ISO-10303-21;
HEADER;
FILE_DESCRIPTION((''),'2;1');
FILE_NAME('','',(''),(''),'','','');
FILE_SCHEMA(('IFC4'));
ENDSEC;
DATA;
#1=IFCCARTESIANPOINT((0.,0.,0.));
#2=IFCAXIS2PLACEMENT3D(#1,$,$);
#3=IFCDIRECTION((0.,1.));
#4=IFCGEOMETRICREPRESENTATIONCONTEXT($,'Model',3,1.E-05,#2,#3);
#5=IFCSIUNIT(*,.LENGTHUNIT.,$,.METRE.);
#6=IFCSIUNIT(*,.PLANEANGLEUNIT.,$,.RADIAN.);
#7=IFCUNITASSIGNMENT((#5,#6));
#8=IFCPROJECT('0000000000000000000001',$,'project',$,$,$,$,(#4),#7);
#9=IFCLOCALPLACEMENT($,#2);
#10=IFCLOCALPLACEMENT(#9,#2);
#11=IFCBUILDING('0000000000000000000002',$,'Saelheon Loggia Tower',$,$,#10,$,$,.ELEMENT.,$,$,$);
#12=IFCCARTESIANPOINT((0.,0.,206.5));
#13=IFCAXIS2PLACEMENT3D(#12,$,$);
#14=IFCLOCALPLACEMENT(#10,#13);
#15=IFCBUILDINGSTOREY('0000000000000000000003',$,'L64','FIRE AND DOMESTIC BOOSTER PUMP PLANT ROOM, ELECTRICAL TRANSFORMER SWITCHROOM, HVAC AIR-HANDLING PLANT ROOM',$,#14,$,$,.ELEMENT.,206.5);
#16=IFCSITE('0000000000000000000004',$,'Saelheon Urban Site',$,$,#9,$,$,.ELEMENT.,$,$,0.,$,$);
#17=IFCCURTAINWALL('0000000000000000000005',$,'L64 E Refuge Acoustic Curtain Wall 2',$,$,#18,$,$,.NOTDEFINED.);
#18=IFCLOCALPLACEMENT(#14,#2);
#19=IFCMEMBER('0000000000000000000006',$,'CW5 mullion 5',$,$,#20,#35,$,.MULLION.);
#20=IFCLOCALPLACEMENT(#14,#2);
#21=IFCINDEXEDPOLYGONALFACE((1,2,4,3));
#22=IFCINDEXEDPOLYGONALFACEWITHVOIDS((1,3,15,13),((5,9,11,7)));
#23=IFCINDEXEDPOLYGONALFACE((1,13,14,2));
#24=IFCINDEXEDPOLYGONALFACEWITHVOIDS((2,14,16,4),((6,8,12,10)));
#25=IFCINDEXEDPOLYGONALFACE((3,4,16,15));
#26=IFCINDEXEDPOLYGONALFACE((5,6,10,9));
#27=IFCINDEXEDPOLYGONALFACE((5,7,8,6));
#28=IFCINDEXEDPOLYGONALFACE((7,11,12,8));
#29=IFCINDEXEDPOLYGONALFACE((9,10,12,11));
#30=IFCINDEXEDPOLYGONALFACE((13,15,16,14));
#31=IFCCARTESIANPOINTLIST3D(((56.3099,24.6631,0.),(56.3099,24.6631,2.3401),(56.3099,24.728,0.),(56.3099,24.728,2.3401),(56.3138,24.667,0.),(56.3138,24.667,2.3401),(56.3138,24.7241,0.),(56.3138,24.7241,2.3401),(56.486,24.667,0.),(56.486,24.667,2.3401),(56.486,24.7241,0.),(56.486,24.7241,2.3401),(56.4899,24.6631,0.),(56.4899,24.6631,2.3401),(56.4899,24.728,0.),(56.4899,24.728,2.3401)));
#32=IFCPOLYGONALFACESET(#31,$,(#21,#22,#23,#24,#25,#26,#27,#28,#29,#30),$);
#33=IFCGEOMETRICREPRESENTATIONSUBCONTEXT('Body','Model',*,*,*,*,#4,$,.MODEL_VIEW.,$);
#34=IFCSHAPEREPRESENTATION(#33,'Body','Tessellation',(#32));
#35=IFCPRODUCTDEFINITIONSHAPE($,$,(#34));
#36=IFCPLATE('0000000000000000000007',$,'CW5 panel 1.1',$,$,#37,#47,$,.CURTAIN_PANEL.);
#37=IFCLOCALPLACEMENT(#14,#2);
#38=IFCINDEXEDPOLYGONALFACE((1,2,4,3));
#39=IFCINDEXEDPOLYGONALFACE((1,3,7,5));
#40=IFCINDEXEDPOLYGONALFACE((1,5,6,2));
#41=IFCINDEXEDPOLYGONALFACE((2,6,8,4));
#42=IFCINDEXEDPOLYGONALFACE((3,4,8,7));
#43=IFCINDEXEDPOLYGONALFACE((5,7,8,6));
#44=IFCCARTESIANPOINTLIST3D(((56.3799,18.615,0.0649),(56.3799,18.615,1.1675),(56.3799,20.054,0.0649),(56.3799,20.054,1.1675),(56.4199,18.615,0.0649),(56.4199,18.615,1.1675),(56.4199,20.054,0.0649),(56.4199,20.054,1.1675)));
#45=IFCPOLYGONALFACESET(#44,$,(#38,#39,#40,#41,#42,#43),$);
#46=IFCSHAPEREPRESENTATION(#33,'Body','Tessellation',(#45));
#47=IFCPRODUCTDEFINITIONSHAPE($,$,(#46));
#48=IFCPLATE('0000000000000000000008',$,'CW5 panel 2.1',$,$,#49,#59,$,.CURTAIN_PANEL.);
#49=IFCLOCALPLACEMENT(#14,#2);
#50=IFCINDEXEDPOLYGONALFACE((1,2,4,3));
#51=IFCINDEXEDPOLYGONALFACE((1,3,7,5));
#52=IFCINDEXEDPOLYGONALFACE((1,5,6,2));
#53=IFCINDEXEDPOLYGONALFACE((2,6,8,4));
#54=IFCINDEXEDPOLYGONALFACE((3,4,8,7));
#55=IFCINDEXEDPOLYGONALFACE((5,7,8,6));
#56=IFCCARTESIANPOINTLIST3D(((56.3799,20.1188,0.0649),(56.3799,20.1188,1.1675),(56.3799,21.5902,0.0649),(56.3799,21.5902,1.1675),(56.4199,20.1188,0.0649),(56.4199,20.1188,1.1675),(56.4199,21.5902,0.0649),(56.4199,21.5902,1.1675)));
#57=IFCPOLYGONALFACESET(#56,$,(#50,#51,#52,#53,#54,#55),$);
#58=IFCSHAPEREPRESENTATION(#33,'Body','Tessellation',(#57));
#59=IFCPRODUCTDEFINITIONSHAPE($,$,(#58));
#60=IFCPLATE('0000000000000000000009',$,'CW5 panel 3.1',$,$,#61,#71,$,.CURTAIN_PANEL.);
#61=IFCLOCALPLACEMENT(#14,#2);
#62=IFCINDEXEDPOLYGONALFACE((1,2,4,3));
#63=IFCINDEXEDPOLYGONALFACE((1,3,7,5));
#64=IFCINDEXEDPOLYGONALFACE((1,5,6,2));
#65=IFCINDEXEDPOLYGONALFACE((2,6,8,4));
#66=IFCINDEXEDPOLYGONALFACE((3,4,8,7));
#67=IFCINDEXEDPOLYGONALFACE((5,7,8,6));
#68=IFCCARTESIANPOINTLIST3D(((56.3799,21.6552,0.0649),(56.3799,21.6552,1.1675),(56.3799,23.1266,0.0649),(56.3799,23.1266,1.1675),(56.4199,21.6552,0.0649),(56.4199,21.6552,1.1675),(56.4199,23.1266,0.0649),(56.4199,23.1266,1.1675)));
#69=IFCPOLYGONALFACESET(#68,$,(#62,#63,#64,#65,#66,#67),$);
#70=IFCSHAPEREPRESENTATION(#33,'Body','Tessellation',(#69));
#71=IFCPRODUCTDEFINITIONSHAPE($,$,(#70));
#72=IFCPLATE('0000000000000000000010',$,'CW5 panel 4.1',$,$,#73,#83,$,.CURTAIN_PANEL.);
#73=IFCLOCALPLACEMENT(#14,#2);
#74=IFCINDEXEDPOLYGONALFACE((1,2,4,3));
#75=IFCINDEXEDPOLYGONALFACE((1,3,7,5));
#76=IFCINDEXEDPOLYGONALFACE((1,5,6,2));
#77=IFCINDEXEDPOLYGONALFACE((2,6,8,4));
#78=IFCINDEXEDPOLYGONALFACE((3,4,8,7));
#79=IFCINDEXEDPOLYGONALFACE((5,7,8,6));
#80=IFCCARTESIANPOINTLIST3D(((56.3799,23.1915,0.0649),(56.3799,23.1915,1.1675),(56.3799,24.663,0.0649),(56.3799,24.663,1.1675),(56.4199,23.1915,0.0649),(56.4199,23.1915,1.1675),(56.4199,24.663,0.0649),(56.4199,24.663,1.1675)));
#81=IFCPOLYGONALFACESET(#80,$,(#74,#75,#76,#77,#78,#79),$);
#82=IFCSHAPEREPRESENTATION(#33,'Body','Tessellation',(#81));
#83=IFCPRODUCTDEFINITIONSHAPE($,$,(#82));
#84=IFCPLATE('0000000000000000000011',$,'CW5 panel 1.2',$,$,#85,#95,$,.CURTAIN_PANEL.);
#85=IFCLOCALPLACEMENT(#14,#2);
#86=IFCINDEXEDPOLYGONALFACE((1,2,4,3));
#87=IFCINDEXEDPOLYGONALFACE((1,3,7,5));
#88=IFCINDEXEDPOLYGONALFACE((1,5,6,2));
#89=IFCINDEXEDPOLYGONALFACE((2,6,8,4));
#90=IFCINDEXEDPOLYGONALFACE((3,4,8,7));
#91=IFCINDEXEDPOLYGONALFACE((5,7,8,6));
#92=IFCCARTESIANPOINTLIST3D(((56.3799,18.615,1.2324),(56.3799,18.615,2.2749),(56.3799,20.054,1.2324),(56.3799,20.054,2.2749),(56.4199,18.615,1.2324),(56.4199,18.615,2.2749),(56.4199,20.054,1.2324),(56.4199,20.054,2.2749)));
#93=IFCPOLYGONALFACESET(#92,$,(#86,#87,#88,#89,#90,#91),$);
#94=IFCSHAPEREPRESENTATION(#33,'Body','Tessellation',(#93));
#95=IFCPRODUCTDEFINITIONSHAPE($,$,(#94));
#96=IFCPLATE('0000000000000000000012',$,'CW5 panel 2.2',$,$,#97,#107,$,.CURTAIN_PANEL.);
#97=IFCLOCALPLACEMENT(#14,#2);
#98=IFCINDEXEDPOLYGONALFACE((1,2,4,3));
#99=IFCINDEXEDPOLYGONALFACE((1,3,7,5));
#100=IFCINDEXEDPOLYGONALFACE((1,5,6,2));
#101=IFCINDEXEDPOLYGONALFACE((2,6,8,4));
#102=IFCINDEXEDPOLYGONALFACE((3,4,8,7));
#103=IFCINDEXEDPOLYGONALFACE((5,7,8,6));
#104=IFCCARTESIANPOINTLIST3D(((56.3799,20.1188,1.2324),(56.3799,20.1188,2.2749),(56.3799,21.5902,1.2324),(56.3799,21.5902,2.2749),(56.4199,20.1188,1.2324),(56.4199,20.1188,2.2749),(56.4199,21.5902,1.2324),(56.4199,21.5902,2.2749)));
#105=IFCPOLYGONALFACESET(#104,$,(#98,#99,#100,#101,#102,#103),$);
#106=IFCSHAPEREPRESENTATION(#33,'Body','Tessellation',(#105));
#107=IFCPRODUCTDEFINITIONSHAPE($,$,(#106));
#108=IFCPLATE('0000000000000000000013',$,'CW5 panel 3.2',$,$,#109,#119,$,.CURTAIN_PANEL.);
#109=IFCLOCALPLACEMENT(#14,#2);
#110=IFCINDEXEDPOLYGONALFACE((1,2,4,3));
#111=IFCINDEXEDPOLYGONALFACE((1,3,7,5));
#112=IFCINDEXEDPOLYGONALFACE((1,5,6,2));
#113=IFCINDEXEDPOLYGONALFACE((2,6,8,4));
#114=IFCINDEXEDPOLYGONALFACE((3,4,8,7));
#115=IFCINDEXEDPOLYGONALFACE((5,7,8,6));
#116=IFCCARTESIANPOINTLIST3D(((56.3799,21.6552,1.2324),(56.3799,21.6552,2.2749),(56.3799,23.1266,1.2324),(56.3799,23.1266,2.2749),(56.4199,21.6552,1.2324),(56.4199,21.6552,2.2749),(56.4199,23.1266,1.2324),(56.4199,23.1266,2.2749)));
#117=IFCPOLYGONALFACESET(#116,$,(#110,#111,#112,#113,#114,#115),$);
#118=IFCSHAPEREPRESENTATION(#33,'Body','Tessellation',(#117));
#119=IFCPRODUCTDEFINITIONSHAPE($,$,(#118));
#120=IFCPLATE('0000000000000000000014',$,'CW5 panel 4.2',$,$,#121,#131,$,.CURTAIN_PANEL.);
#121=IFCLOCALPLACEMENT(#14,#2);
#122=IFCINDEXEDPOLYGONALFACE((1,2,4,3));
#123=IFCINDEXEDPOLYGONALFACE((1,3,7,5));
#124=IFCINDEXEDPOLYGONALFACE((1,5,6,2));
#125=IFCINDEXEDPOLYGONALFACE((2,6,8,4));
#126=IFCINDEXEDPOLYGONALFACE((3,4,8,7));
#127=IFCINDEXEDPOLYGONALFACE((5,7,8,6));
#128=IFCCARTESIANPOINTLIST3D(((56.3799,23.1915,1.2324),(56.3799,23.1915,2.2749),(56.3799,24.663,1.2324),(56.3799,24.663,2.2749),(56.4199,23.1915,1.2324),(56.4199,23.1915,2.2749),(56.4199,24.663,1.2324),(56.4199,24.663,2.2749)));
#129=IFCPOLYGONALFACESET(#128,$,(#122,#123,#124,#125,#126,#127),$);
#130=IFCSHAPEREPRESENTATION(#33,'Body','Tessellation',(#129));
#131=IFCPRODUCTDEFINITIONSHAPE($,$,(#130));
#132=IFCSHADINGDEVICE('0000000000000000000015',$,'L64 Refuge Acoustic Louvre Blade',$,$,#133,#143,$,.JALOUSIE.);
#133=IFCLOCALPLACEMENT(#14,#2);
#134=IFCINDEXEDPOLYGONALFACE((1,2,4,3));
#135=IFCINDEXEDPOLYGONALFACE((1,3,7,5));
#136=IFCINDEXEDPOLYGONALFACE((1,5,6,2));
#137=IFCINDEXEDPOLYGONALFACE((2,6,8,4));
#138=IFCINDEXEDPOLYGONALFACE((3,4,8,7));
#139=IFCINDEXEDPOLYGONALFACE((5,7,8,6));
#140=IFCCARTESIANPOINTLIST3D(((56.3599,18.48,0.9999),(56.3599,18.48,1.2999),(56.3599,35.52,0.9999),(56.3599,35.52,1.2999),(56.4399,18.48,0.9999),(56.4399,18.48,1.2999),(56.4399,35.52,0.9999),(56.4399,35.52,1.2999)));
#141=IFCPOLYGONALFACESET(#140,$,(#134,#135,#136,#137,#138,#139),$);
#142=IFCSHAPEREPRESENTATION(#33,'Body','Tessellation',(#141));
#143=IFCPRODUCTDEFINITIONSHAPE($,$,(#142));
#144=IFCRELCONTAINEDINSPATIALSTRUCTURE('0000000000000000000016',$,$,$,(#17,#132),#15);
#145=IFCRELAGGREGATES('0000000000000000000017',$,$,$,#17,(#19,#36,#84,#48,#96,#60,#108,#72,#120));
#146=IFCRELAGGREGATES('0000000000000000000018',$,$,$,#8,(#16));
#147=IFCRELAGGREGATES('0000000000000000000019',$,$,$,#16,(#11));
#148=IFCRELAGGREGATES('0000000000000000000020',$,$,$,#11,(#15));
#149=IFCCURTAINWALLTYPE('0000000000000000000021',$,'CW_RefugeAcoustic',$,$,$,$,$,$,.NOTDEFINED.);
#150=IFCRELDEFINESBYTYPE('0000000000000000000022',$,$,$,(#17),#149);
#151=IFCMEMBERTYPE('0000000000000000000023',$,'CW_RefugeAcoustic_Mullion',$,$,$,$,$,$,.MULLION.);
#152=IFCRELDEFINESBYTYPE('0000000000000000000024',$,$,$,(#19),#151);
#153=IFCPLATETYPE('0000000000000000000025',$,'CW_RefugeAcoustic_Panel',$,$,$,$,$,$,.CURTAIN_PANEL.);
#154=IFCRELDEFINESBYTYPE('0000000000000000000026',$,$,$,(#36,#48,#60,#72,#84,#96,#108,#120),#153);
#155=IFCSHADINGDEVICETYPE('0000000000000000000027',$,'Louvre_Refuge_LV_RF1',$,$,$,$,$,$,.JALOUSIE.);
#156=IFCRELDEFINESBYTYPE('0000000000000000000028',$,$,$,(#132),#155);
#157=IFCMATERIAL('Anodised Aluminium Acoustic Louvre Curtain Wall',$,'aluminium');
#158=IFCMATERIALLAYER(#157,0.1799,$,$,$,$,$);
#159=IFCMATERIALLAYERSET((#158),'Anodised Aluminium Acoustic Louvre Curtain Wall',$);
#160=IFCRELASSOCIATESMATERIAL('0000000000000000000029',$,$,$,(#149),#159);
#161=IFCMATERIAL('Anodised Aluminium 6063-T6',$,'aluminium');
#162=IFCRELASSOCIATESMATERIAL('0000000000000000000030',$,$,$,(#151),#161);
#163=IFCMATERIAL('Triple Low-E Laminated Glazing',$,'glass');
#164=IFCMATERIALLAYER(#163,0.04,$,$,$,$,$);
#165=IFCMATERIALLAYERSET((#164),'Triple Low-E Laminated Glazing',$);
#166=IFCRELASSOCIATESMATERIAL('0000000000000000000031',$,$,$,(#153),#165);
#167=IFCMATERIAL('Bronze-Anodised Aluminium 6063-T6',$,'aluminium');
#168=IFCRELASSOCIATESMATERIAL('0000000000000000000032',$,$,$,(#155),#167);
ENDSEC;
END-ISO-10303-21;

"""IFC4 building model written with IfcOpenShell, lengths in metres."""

from ifc_helpers import new_model, si_unit, direction, frame, origin, origin_2d, place, context, subcontext, project, spatial, rectangle, hollow_rectangle, extrude, source, transform, mapped, material, layer, layer_set, material_profile, profile_set, type_object, element, aggregate, save


model = new_model("IFC4")

# Units and contexts
model_context = context("Model", 3, precision=1e-05, world=origin(), true_north=direction((0.0, 1.0)))
body_context = subcontext(model_context, "Body", "Model", "MODEL_VIEW")
ifc_project = project(units=[si_unit("LENGTHUNIT", "METRE"), si_unit("PLANEANGLEUNIT", "RADIAN")], contexts=[model_context])

# Site, building, storey
site_placement = place(None, origin())
site = spatial("IfcSite", under=ifc_project, at=site_placement, Name="Saelheon Urban Site", CompositionType="ELEMENT", RefElevation=0.0)
building_placement = place(site_placement, origin())
building = spatial("IfcBuilding", under=site, at=building_placement, Name="Saelheon Loggia Tower", CompositionType="ELEMENT")
storey_placement = place(building_placement, frame((0.0, 0.0, 206.5)))
storey = spatial("IfcBuildingStorey", under=building, at=storey_placement, Name="L64", Description="FIRE AND DOMESTIC BOOSTER PUMP PLANT ROOM, ELECTRICAL TRANSFORMER SWITCHROOM, HVAC AIR-HANDLING PLANT ROOM", CompositionType="ELEMENT", Elevation=206.5)

# Curtain wall, member, plates
ifc_material_1 = material(Name="Anodised Aluminium Acoustic Louvre Curtain Wall", Category="aluminium")
ifc_layer_1 = layer(ifc_material_1, 0.1799)
ifc_layer_set_1 = layer_set([ifc_layer_1], Name="Anodised Aluminium Acoustic Louvre Curtain Wall")
curtain_wall_type = type_object("IfcCurtainWallType", Name="CW_RefugeAcoustic", PredefinedType="NOTDEFINED", material=ifc_layer_set_1)
curtain_wall_placement = place(storey_placement, origin())
curtain_wall = element("IfcCurtainWall", 1, at=curtain_wall_placement, inside=storey, type_object=curtain_wall_type, Name="L64 E Refuge Acoustic Curtain Wall 2", PredefinedType="NOTDEFINED")
ifc_material_2 = material(Name="Anodised Aluminium 6063-T6", Category="aluminium")
ifc_material_profile_1 = material_profile(ifc_material_2, hollow_rectangle(XDim=0.0649, YDim=0.1799, WallThickness=0.0039, at=origin_2d()), Name="RHS-180x65x4")
ifc_profile_set_1 = profile_set([ifc_material_profile_1], Name="Anodised Aluminium 6063-T6")
member_type_1 = type_object("IfcMemberType", Name="CW_RefugeAcoustic_Mullion", PredefinedType="MULLION", material=ifc_profile_set_1)
shared_shape_1 = source(origin(), body_context, "Body", "SweptSolid", [
    extrude(hollow_rectangle(XDim=0.0649, YDim=0.1799, WallThickness=0.0039, at=origin_2d()), origin(), (0.0, 0.0, 1.0), 2.3401),
])
member_1_placement = place(storey_placement, frame((56.3999, 24.6956, 0.0), z_axis=(0.0, 0.0, 1.0), x_axis=(0.0, 1.0, 0.0)))
member_1 = element("IfcMember", 2, at=member_1_placement, type_object=member_type_1, Name="CW5 mullion 5", PredefinedType="MULLION", context=body_context, shape_type="MappedRepresentation", body=[
    mapped(shared_shape_1, transform((0.0, 0.0, 0.0), scale=1.0)),
])
ifc_material_3 = material(Name="Triple Low-E Laminated Glazing", Category="glass")
ifc_layer_2 = layer(ifc_material_3, 0.04)
ifc_layer_set_2 = layer_set([ifc_layer_2], Name="Triple Low-E Laminated Glazing")
plate_type = type_object("IfcPlateType", Name="CW_RefugeAcoustic_Panel", PredefinedType="CURTAIN_PANEL", material=ifc_layer_set_2)
shared_shape_2 = source(origin(), body_context, "Body", "SweptSolid", [
    extrude(rectangle(XDim=1.439, YDim=0.04, at=origin_2d()), origin(), (0.0, 0.0, 1.0), 1.1025),
])
plate_1_placement = place(storey_placement, frame((56.3999, 19.3345, 0.0649), z_axis=(0.0, 0.0, 1.0), x_axis=(0.0, 1.0, 0.0)))
plate_1 = element("IfcPlate", 3, at=plate_1_placement, type_object=plate_type, Name="CW5 panel 1.1", PredefinedType="CURTAIN_PANEL", context=body_context, shape_type="MappedRepresentation", body=[
    mapped(shared_shape_2, transform((0.0, 0.0, 0.0), scale=1.0)),
])
shared_shape_3 = source(origin(), body_context, "Body", "SweptSolid", [
    extrude(rectangle(XDim=1.4714, YDim=0.04, at=origin_2d()), origin(), (0.0, 0.0, 1.0), 1.1025),
])
plate_2_placement = place(storey_placement, frame((56.3999, 20.8545, 0.0649), z_axis=(0.0, 0.0, 1.0), x_axis=(0.0, 1.0, 0.0)))
plate_2 = element("IfcPlate", 4, at=plate_2_placement, type_object=plate_type, Name="CW5 panel 2.1", PredefinedType="CURTAIN_PANEL", context=body_context, shape_type="MappedRepresentation", body=[
    mapped(shared_shape_3, transform((0.0, 0.0, 0.0), scale=1.0)),
])
plate_3_placement = place(storey_placement, frame((56.3999, 22.3909, 0.0649), z_axis=(0.0, 0.0, 1.0), x_axis=(0.0, 1.0, 0.0)))
plate_3 = element("IfcPlate", 5, at=plate_3_placement, type_object=plate_type, Name="CW5 panel 3.1", PredefinedType="CURTAIN_PANEL", context=body_context, shape_type="MappedRepresentation", body=[
    mapped(shared_shape_3, transform((0.0, 0.0, 0.0), scale=1.0)),
])
plate_4_placement = place(storey_placement, frame((56.3999, 23.9272, 0.0649), z_axis=(0.0, 0.0, 1.0), x_axis=(0.0, 1.0, 0.0)))
plate_4 = element("IfcPlate", 6, at=plate_4_placement, type_object=plate_type, Name="CW5 panel 4.1", PredefinedType="CURTAIN_PANEL", context=body_context, shape_type="MappedRepresentation", body=[
    mapped(shared_shape_3, transform((0.0, 0.0, 0.0), scale=1.0)),
])
shared_shape_4 = source(origin(), body_context, "Body", "SweptSolid", [
    extrude(rectangle(XDim=1.439, YDim=0.04, at=origin_2d()), origin(), (0.0, 0.0, 1.0), 1.0425),
])
plate_5_placement = place(storey_placement, frame((56.3999, 19.3345, 1.2324), z_axis=(0.0, 0.0, 1.0), x_axis=(0.0, 1.0, 0.0)))
plate_5 = element("IfcPlate", 7, at=plate_5_placement, type_object=plate_type, Name="CW5 panel 1.2", PredefinedType="CURTAIN_PANEL", context=body_context, shape_type="MappedRepresentation", body=[
    mapped(shared_shape_4, transform((0.0, 0.0, 0.0), scale=1.0)),
])
shared_shape_5 = source(origin(), body_context, "Body", "SweptSolid", [
    extrude(rectangle(XDim=1.4714, YDim=0.04, at=origin_2d()), origin(), (0.0, 0.0, 1.0), 1.0425),
])
plate_6_placement = place(storey_placement, frame((56.3999, 20.8545, 1.2324), z_axis=(0.0, 0.0, 1.0), x_axis=(0.0, 1.0, 0.0)))
plate_6 = element("IfcPlate", 8, at=plate_6_placement, type_object=plate_type, Name="CW5 panel 2.2", PredefinedType="CURTAIN_PANEL", context=body_context, shape_type="MappedRepresentation", body=[
    mapped(shared_shape_5, transform((0.0, 0.0, 0.0), scale=1.0)),
])
plate_7_placement = place(storey_placement, frame((56.3999, 22.3909, 1.2324), z_axis=(0.0, 0.0, 1.0), x_axis=(0.0, 1.0, 0.0)))
plate_7 = element("IfcPlate", 9, at=plate_7_placement, type_object=plate_type, Name="CW5 panel 3.2", PredefinedType="CURTAIN_PANEL", context=body_context, shape_type="MappedRepresentation", body=[
    mapped(shared_shape_5, transform((0.0, 0.0, 0.0), scale=1.0)),
])
plate_8_placement = place(storey_placement, frame((56.3999, 23.9272, 1.2324), z_axis=(0.0, 0.0, 1.0), x_axis=(0.0, 1.0, 0.0)))
plate_8 = element("IfcPlate", 10, at=plate_8_placement, type_object=plate_type, Name="CW5 panel 4.2", PredefinedType="CURTAIN_PANEL", context=body_context, shape_type="MappedRepresentation", body=[
    mapped(shared_shape_5, transform((0.0, 0.0, 0.0), scale=1.0)),
])
aggregate(curtain_wall, [member_1, plate_1, plate_5, plate_2, plate_6, plate_3, plate_7, plate_4, plate_8])

# Shading device
ifc_material_4 = material(Name="Bronze-Anodised Aluminium 6063-T6", Category="aluminium")
ifc_material_profile_2 = material_profile(ifc_material_4, rectangle(XDim=0.0801, YDim=0.3, at=origin_2d()), Name="Louvre_Refuge_LV_RF1")
ifc_profile_set_2 = profile_set([ifc_material_profile_2], Name="Bronze-Anodised Aluminium 6063-T6")
shading_device_type = type_object("IfcShadingDeviceType", Name="Louvre_Refuge_LV_RF1", PredefinedType="JALOUSIE", material=ifc_profile_set_2)
shared_shape_6 = source(origin(), body_context, "Body", "SweptSolid", [
    extrude(rectangle(XDim=0.0801, YDim=0.3, at=origin_2d()), origin(), (0.0, 0.0, 1.0), 17.04),
])
shading_device_placement = place(storey_placement, frame((56.3999, 18.48, 1.1499), z_axis=(0.0, 1.0, 0.0), x_axis=(-1.0, 0.0, 0.0)))
element("IfcShadingDevice", 11, at=shading_device_placement, inside=storey, type_object=shading_device_type, Name="L64 Refuge Acoustic Louvre Blade", PredefinedType="JALOUSIE", context=body_context, shape_type="MappedRepresentation", body=[
    mapped(shared_shape_6, transform((0.0, 0.0, 0.0), scale=1.0)),
])

save(model, "model.ifc")
